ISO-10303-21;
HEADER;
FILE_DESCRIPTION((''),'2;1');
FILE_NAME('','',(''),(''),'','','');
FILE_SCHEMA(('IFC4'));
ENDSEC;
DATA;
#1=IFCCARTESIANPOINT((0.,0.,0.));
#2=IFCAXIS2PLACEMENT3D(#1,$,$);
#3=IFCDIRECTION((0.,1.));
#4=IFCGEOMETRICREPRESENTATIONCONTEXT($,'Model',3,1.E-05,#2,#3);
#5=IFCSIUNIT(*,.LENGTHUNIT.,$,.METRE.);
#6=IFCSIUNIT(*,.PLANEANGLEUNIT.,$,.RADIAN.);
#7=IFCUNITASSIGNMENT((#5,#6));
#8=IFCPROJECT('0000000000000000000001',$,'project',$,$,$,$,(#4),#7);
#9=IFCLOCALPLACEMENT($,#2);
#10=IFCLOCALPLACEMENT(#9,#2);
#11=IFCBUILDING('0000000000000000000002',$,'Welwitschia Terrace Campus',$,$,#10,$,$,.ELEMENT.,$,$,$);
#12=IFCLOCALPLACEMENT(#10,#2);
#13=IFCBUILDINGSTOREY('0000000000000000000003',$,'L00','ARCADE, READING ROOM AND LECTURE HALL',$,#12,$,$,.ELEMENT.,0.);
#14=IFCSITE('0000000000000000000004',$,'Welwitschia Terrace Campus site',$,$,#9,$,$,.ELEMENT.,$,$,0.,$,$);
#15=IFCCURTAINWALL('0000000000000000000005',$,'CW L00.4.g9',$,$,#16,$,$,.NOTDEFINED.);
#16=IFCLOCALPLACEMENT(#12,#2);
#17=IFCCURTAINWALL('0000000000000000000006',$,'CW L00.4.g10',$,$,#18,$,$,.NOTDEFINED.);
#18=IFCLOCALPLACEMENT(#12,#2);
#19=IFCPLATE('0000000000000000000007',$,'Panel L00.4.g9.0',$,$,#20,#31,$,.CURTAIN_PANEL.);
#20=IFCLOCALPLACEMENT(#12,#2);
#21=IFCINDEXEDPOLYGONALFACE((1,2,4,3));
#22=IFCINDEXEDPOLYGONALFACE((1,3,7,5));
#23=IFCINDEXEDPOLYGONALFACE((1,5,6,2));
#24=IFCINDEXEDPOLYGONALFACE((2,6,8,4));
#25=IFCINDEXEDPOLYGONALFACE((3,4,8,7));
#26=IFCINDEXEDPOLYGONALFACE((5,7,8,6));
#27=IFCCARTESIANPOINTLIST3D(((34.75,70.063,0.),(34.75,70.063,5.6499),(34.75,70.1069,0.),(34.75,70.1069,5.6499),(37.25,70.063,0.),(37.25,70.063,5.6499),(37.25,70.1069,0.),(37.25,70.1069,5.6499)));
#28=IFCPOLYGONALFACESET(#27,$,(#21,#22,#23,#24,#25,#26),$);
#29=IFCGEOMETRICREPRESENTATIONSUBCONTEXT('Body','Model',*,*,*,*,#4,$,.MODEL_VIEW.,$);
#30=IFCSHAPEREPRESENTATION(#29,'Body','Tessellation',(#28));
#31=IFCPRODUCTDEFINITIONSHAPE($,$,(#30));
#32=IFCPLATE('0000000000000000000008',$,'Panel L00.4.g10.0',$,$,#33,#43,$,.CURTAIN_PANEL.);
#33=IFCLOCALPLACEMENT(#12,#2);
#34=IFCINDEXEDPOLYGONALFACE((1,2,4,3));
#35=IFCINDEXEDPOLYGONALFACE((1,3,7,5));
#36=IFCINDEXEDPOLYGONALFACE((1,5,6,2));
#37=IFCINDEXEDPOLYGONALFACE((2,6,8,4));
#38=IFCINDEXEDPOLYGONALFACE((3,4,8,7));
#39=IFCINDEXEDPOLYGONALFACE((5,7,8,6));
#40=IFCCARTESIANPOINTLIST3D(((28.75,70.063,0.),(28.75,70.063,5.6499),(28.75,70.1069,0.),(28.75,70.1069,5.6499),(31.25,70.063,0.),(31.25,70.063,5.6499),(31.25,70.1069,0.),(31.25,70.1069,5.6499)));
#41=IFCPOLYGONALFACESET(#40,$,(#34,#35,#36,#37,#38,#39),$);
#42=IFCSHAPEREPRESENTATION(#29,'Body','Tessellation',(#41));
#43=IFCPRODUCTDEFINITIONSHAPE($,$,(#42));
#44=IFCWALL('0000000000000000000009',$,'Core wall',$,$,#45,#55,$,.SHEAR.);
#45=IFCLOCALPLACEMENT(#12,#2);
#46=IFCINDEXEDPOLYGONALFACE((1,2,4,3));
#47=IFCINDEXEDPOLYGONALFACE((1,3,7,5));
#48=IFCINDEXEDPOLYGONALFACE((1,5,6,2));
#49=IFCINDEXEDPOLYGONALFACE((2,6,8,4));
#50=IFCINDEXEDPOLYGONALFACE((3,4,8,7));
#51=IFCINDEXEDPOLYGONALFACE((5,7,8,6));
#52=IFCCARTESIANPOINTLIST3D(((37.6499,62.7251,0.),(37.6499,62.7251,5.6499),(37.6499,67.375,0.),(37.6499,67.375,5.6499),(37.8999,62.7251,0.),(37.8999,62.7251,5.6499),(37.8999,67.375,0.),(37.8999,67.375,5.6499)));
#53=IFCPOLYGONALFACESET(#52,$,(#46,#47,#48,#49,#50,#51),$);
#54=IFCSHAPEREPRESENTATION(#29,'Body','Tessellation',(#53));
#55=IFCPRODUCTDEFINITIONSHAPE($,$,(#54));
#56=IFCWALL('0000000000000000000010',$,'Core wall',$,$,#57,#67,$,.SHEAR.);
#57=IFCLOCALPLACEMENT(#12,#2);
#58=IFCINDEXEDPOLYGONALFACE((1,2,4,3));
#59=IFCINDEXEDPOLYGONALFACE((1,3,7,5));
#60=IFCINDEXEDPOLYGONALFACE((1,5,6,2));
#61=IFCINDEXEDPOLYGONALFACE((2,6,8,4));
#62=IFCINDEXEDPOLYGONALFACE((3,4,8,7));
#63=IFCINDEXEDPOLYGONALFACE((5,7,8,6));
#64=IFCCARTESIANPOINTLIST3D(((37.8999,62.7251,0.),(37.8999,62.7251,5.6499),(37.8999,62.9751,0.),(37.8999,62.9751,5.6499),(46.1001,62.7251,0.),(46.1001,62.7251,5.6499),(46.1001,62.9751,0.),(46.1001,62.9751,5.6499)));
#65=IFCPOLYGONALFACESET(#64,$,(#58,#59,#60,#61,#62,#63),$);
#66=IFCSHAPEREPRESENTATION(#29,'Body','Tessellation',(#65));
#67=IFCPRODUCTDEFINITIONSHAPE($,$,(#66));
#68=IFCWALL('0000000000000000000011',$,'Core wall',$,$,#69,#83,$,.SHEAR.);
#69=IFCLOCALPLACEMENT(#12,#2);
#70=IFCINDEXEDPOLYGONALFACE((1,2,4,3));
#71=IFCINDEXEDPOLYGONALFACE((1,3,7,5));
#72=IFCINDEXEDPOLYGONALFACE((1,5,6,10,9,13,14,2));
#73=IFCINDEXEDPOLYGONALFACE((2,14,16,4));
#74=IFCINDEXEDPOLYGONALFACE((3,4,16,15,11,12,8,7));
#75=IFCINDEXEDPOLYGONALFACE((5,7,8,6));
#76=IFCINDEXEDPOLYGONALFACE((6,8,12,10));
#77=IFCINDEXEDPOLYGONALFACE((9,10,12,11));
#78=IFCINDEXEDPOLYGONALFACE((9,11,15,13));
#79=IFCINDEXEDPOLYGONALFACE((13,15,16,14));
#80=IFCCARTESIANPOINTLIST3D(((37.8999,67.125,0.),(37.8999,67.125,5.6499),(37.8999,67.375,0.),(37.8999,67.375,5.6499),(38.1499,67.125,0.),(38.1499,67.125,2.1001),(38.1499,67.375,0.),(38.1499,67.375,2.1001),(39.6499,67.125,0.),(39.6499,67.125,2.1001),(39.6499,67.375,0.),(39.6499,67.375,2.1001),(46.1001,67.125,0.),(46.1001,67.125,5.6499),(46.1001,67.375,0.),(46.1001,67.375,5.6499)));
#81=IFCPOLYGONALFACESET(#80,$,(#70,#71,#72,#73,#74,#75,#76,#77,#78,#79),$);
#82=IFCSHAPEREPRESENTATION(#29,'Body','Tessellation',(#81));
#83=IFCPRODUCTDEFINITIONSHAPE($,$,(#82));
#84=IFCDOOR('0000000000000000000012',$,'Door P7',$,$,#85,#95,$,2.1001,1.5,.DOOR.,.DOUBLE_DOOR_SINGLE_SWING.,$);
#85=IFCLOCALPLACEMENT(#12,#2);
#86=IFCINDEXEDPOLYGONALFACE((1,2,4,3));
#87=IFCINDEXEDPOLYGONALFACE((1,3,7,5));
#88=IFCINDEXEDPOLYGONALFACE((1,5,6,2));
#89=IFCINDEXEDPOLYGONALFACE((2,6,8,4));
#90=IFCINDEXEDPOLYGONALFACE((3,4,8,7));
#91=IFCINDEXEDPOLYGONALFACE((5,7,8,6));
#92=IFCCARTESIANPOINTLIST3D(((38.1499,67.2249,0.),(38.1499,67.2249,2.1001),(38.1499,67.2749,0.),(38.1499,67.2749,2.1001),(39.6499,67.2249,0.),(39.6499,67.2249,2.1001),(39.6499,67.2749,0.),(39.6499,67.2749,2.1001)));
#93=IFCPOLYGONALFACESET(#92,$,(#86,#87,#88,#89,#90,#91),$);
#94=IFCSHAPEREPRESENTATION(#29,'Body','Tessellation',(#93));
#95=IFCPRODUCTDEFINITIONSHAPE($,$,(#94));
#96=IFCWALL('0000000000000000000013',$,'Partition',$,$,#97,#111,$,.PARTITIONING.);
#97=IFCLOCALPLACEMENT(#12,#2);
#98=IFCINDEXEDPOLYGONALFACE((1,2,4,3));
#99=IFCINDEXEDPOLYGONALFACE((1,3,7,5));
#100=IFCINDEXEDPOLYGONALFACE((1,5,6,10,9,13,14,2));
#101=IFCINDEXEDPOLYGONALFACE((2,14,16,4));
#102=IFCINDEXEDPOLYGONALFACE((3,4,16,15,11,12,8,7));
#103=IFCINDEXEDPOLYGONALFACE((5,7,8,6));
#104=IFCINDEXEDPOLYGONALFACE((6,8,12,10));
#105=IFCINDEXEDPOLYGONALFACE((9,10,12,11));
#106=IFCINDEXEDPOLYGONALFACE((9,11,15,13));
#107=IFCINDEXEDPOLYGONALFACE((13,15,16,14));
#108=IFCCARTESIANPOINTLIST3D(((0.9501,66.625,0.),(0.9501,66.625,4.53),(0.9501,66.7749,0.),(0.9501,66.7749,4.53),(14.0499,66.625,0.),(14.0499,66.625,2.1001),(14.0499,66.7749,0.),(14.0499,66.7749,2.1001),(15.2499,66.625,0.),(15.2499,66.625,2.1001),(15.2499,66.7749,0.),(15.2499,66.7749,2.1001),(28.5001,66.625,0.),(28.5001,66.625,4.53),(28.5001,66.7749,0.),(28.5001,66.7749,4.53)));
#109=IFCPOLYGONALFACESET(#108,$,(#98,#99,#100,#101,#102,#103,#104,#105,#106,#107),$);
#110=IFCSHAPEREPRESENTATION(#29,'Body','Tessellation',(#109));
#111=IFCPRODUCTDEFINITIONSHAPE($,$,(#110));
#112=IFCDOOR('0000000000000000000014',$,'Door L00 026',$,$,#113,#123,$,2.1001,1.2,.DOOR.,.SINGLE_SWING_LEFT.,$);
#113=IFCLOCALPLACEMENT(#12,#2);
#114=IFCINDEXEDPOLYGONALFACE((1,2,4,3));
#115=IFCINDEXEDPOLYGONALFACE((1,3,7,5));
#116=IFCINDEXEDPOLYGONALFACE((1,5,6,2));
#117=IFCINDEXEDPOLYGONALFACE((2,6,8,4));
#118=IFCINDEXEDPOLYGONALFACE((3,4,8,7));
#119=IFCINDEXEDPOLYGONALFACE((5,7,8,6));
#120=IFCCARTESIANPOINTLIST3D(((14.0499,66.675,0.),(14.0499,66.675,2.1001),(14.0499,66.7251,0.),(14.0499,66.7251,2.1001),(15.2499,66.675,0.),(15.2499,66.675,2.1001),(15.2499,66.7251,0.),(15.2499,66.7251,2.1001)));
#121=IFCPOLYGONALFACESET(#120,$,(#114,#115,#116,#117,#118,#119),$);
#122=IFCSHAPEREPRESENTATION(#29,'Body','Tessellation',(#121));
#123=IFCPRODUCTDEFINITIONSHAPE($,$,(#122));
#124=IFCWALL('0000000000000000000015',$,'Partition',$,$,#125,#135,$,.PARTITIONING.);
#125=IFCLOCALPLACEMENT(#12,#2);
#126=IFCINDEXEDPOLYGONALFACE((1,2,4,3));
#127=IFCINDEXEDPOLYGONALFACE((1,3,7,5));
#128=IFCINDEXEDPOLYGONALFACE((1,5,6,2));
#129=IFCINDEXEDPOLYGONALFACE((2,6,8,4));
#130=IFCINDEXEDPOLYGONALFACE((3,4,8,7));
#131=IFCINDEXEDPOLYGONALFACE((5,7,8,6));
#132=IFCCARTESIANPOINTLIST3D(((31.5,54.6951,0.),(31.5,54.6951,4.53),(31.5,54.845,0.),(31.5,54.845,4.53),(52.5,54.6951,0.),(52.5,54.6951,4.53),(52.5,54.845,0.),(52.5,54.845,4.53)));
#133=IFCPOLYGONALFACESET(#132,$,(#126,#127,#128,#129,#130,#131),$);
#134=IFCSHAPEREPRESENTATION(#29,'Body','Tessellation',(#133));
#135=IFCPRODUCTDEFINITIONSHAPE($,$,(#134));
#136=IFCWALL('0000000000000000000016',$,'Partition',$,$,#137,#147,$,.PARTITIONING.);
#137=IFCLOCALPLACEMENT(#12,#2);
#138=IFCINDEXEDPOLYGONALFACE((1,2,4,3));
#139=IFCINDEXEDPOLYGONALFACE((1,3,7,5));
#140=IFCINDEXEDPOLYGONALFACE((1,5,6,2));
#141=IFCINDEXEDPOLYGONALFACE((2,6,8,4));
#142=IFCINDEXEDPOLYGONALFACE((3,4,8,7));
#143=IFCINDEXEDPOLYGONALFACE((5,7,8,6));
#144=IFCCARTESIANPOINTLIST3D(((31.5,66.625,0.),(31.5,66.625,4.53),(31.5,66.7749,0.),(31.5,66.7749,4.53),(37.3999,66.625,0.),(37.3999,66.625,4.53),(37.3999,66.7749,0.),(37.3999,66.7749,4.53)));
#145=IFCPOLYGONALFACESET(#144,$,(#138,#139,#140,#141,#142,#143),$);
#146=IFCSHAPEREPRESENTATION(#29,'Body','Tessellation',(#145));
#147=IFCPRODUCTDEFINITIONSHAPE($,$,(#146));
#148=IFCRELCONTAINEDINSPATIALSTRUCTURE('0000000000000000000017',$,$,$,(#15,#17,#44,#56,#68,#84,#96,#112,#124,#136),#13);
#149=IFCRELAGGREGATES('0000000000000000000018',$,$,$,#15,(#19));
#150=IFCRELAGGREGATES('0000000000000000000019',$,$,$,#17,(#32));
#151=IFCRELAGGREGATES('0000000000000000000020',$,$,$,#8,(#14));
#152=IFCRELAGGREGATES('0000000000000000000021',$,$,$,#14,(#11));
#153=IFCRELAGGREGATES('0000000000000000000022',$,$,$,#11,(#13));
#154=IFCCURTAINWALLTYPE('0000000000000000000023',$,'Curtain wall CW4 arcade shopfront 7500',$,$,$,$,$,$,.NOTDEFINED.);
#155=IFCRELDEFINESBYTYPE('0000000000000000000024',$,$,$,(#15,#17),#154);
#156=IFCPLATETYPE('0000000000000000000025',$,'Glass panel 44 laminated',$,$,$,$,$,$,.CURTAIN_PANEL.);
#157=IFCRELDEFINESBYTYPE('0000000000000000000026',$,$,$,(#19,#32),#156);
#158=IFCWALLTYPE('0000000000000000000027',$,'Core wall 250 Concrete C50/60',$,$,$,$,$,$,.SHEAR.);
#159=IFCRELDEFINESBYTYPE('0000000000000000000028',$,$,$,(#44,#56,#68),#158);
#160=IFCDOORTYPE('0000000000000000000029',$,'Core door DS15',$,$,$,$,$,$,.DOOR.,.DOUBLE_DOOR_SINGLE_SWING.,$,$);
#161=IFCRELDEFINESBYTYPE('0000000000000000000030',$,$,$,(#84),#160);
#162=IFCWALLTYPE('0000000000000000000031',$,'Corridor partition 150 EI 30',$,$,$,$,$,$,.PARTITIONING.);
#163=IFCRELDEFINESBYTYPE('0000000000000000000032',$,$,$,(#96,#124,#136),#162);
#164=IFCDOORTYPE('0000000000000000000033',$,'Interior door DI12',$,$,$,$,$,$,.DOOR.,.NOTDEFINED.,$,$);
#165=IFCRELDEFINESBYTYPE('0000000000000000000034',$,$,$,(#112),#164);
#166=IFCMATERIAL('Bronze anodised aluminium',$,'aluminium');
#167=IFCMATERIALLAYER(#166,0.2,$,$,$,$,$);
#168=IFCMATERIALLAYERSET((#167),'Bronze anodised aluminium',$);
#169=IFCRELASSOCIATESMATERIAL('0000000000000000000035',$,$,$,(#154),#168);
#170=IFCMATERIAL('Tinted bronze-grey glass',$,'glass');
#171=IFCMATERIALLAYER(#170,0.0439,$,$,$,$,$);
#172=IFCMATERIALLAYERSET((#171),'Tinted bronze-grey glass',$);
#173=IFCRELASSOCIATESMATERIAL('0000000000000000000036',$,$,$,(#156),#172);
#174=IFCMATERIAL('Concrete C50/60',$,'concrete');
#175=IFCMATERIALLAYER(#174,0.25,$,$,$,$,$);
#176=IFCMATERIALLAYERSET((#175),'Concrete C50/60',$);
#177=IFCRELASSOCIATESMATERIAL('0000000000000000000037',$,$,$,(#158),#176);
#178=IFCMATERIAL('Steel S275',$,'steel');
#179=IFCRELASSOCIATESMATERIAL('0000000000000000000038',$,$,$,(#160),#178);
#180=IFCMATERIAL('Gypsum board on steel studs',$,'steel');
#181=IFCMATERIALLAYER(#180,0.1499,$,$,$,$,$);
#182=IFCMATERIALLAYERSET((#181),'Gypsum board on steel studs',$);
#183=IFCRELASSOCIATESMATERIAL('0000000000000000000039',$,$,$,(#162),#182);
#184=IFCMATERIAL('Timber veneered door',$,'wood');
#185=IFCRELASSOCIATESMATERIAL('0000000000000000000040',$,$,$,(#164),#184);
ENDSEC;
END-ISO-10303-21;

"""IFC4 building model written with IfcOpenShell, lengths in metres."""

from ifc_helpers import new_model, si_unit, direction, frame, frame_2d, origin, origin_2d, place, context, subcontext, project, spatial, rectangle, extrude, material, layer, layer_set, type_object, element, fill, aggregate, save


model = new_model("IFC4")

# Units and contexts
model_context = context("Model", 3, precision=1e-05, world=origin(), true_north=direction((0.0, 1.0)))
body_context = subcontext(model_context, "Body", "Model", "MODEL_VIEW")
ifc_project = project(units=[si_unit("LENGTHUNIT", "METRE"), si_unit("PLANEANGLEUNIT", "RADIAN")], contexts=[model_context])

# Site, building, storey
site_placement = place(None, origin())
site = spatial("IfcSite", under=ifc_project, at=site_placement, Name="Welwitschia Terrace Campus site", CompositionType="ELEMENT", RefElevation=0.0)
building_placement = place(site_placement, origin())
building = spatial("IfcBuilding", under=site, at=building_placement, Name="Welwitschia Terrace Campus", CompositionType="ELEMENT")
storey_placement = place(building_placement, origin())
storey = spatial("IfcBuildingStorey", under=building, at=storey_placement, Name="L00", Description="ARCADE, READING ROOM AND LECTURE HALL", CompositionType="ELEMENT", Elevation=0.0)

# Shared definitions
ifc_material_1 = material(Name="Bronze anodised aluminium", Category="aluminium")
ifc_layer_1 = layer(ifc_material_1, 0.2)
ifc_layer_set_1 = layer_set([ifc_layer_1], Name="Bronze anodised aluminium")
curtain_wall_type = type_object("IfcCurtainWallType", Name="Curtain wall CW4 arcade shopfront 7500", PredefinedType="NOTDEFINED", material=ifc_layer_set_1)

# Curtain walls
curtain_wall_1_placement = place(storey_placement, origin())
curtain_wall_1 = element("IfcCurtainWall", 1, at=curtain_wall_1_placement, inside=storey, type_object=curtain_wall_type, Name="CW L00.4.g9", PredefinedType="NOTDEFINED")
curtain_wall_2_placement = place(storey_placement, origin())
curtain_wall_2 = element("IfcCurtainWall", 2, at=curtain_wall_2_placement, inside=storey, type_object=curtain_wall_type, Name="CW L00.4.g10", PredefinedType="NOTDEFINED")

# Plates
ifc_material_2 = material(Name="Tinted bronze-grey glass", Category="glass")
ifc_layer_2 = layer(ifc_material_2, 0.0439)
ifc_layer_set_2 = layer_set([ifc_layer_2], Name="Tinted bronze-grey glass")
plate_type = type_object("IfcPlateType", Name="Glass panel 44 laminated", PredefinedType="CURTAIN_PANEL", material=ifc_layer_set_2)
plate_1_placement = place(storey_placement, frame((36.0, 70.085, 0.0), z_axis=(0.0, 0.0, 1.0), x_axis=(-1.0, 0.0, 0.0)))
plate_1 = element("IfcPlate", 3, at=plate_1_placement, type_object=plate_type, Name="Panel L00.4.g9.0", PredefinedType="CURTAIN_PANEL", context=body_context, shape_type="SweptSolid", body=[
    extrude(rectangle(XDim=2.5, YDim=0.0439, at=origin_2d()), origin(), (0.0, 0.0, 1.0), 5.6499),
])
aggregate(curtain_wall_1, [plate_1])
plate_2_placement = place(storey_placement, frame((30.0, 70.085, 0.0), z_axis=(0.0, 0.0, 1.0), x_axis=(-1.0, 0.0, 0.0)))
plate_2 = element("IfcPlate", 4, at=plate_2_placement, type_object=plate_type, Name="Panel L00.4.g10.0", PredefinedType="CURTAIN_PANEL", context=body_context, shape_type="SweptSolid", body=[
    extrude(rectangle(XDim=2.5, YDim=0.0439, at=origin_2d()), origin(), (0.0, 0.0, 1.0), 5.6499),
])
aggregate(curtain_wall_2, [plate_2])

# Walls
ifc_material_3 = material(Name="Concrete C50/60", Category="concrete")
ifc_layer_3 = layer(ifc_material_3, 0.25)
ifc_layer_set_3 = layer_set([ifc_layer_3], Name="Concrete C50/60")
wall_type_1 = type_object("IfcWallType", Name="Core wall 250 Concrete C50/60", PredefinedType="SHEAR", material=ifc_layer_set_3)
wall_1_placement = place(storey_placement, frame((37.7749, 62.7251, 0.0), z_axis=(0.0, 0.0, 1.0), x_axis=(0.0, 1.0, 0.0)))
element("IfcWall", 5, at=wall_1_placement, inside=storey, type_object=wall_type_1, Name="Core wall", PredefinedType="SHEAR", context=body_context, shape_type="SweptSolid", body=[
    extrude(rectangle(XDim=4.6499, YDim=0.25, at=frame_2d((2.325, 0.0))), origin(), (0.0, 0.0, 1.0), 5.6499),
])
wall_2_placement = place(storey_placement, frame((37.8999, 62.8501, 0.0), z_axis=(0.0, 0.0, 1.0), x_axis=(1.0, 0.0, 0.0)))
element("IfcWall", 6, at=wall_2_placement, inside=storey, type_object=wall_type_1, Name="Core wall", PredefinedType="SHEAR", context=body_context, shape_type="SweptSolid", body=[
    extrude(rectangle(XDim=8.2002, YDim=0.25, at=frame_2d((4.1001, 0.0))), origin(), (0.0, 0.0, 1.0), 5.6499),
])

# Walls, openings, doors
wall_3_placement = place(storey_placement, frame((37.8999, 67.25, 0.0), z_axis=(0.0, 0.0, 1.0), x_axis=(1.0, 0.0, 0.0)))
wall_3 = element("IfcWall", 7, at=wall_3_placement, inside=storey, type_object=wall_type_1, Name="Core wall", PredefinedType="SHEAR", context=body_context, shape_type="SweptSolid", body=[
    extrude(rectangle(XDim=8.2002, YDim=0.25, at=frame_2d((4.1001, 0.0))), origin(), (0.0, 0.0, 1.0), 5.6499),
])
opening_1_placement = place(wall_3_placement, frame((0.25, 0.0, 0.0)))
opening_1 = element("IfcOpeningElement", 8, at=opening_1_placement, cuts=wall_3, PredefinedType="OPENING", context=body_context, shape_type="SweptSolid", body=[
    extrude(rectangle(XDim=1.5, YDim=2.1001, at=frame_2d((0.75, 1.05))), frame((0.0, 0.135, 0.0), z_axis=(0.0, -1.0, 0.0), x_axis=(1.0, 0.0, 0.0)), (0.0, 0.0, 1.0), 0.27),
])
ifc_material_4 = material(Name="Steel S275", Category="steel")
door_type_1 = type_object("IfcDoorType", Name="Core door DS15", OperationType="DOUBLE_DOOR_SINGLE_SWING", PredefinedType="DOOR", material=ifc_material_4)
door_1_placement = place(opening_1_placement, origin())
door_1 = element("IfcDoor", 9, at=door_1_placement, inside=storey, type_object=door_type_1, Name="Door P7", OperationType="DOUBLE_DOOR_SINGLE_SWING", OverallHeight=2.1001, OverallWidth=1.5, PredefinedType="DOOR", context=body_context, shape_type="SweptSolid", body=[
    extrude(rectangle(XDim=1.5, YDim=2.1001, at=frame_2d((0.75, 1.05))), frame((0.0, 0.0249, 0.0), z_axis=(0.0, -1.0, 0.0), x_axis=(1.0, 0.0, 0.0)), (0.0, 0.0, 1.0), 0.05),
])
fill(opening_1, door_1)
ifc_material_5 = material(Name="Gypsum board on steel studs", Category="steel")
ifc_layer_4 = layer(ifc_material_5, 0.1499)
ifc_layer_set_4 = layer_set([ifc_layer_4], Name="Gypsum board on steel studs")
wall_type_2 = type_object("IfcWallType", Name="Corridor partition 150 EI 30", PredefinedType="PARTITIONING", material=ifc_layer_set_4)
wall_4_placement = place(storey_placement, frame((28.5, 66.7, 0.0), z_axis=(0.0, 0.0, 1.0), x_axis=(-1.0, 0.0, 0.0)))
wall_4 = element("IfcWall", 10, at=wall_4_placement, inside=storey, type_object=wall_type_2, Name="Partition", PredefinedType="PARTITIONING", context=body_context, shape_type="SweptSolid", body=[
    extrude(rectangle(XDim=27.55, YDim=0.1499, at=frame_2d((13.7749, 0.0))), origin(), (0.0, 0.0, 1.0), 4.53),
])
opening_2_placement = place(wall_4_placement, frame((13.25, 0.0, 0.0)))
opening_2 = element("IfcOpeningElement", 11, at=opening_2_placement, cuts=wall_4, PredefinedType="OPENING", context=body_context, shape_type="SweptSolid", body=[
    extrude(rectangle(XDim=1.2, YDim=2.1001, at=frame_2d((0.6001, 1.05))), frame((0.0, 0.085, 0.0), z_axis=(0.0, -1.0, 0.0), x_axis=(1.0, 0.0, 0.0)), (0.0, 0.0, 1.0), 0.1699),
])
ifc_material_6 = material(Name="Timber veneered door", Category="wood")
door_type_2 = type_object("IfcDoorType", Name="Interior door DI12", OperationType="NOTDEFINED", PredefinedType="DOOR", material=ifc_material_6)
door_2_placement = place(opening_2_placement, origin())
door_2 = element("IfcDoor", 12, at=door_2_placement, inside=storey, type_object=door_type_2, Name="Door L00 026", OperationType="SINGLE_SWING_LEFT", OverallHeight=2.1001, OverallWidth=1.2, PredefinedType="DOOR", context=body_context, shape_type="SweptSolid", body=[
    extrude(rectangle(XDim=1.2, YDim=2.1001, at=frame_2d((0.6001, 1.05))), frame((0.0, 0.0249, 0.0), z_axis=(0.0, -1.0, 0.0), x_axis=(1.0, 0.0, 0.0)), (0.0, 0.0, 1.0), 0.05),
])
fill(opening_2, door_2)

# Walls
wall_5_placement = place(storey_placement, frame((31.5, 54.77, 0.0), z_axis=(0.0, 0.0, 1.0), x_axis=(1.0, 0.0, 0.0)))
element("IfcWall", 13, at=wall_5_placement, inside=storey, type_object=wall_type_2, Name="Partition", PredefinedType="PARTITIONING", context=body_context, shape_type="SweptSolid", body=[
    extrude(rectangle(XDim=21.0, YDim=0.1499, at=frame_2d((10.5, 0.0))), origin(), (0.0, 0.0, 1.0), 4.53),
])
wall_6_placement = place(storey_placement, frame((31.5, 66.7, 0.0), z_axis=(0.0, 0.0, 1.0), x_axis=(1.0, 0.0, 0.0)))
element("IfcWall", 14, at=wall_6_placement, inside=storey, type_object=wall_type_2, Name="Partition", PredefinedType="PARTITIONING", context=body_context, shape_type="SweptSolid", body=[
    extrude(rectangle(XDim=5.8999, YDim=0.1499, at=frame_2d((2.95, 0.0))), origin(), (0.0, 0.0, 1.0), 4.53),
])

save(model, "model.ifc")
